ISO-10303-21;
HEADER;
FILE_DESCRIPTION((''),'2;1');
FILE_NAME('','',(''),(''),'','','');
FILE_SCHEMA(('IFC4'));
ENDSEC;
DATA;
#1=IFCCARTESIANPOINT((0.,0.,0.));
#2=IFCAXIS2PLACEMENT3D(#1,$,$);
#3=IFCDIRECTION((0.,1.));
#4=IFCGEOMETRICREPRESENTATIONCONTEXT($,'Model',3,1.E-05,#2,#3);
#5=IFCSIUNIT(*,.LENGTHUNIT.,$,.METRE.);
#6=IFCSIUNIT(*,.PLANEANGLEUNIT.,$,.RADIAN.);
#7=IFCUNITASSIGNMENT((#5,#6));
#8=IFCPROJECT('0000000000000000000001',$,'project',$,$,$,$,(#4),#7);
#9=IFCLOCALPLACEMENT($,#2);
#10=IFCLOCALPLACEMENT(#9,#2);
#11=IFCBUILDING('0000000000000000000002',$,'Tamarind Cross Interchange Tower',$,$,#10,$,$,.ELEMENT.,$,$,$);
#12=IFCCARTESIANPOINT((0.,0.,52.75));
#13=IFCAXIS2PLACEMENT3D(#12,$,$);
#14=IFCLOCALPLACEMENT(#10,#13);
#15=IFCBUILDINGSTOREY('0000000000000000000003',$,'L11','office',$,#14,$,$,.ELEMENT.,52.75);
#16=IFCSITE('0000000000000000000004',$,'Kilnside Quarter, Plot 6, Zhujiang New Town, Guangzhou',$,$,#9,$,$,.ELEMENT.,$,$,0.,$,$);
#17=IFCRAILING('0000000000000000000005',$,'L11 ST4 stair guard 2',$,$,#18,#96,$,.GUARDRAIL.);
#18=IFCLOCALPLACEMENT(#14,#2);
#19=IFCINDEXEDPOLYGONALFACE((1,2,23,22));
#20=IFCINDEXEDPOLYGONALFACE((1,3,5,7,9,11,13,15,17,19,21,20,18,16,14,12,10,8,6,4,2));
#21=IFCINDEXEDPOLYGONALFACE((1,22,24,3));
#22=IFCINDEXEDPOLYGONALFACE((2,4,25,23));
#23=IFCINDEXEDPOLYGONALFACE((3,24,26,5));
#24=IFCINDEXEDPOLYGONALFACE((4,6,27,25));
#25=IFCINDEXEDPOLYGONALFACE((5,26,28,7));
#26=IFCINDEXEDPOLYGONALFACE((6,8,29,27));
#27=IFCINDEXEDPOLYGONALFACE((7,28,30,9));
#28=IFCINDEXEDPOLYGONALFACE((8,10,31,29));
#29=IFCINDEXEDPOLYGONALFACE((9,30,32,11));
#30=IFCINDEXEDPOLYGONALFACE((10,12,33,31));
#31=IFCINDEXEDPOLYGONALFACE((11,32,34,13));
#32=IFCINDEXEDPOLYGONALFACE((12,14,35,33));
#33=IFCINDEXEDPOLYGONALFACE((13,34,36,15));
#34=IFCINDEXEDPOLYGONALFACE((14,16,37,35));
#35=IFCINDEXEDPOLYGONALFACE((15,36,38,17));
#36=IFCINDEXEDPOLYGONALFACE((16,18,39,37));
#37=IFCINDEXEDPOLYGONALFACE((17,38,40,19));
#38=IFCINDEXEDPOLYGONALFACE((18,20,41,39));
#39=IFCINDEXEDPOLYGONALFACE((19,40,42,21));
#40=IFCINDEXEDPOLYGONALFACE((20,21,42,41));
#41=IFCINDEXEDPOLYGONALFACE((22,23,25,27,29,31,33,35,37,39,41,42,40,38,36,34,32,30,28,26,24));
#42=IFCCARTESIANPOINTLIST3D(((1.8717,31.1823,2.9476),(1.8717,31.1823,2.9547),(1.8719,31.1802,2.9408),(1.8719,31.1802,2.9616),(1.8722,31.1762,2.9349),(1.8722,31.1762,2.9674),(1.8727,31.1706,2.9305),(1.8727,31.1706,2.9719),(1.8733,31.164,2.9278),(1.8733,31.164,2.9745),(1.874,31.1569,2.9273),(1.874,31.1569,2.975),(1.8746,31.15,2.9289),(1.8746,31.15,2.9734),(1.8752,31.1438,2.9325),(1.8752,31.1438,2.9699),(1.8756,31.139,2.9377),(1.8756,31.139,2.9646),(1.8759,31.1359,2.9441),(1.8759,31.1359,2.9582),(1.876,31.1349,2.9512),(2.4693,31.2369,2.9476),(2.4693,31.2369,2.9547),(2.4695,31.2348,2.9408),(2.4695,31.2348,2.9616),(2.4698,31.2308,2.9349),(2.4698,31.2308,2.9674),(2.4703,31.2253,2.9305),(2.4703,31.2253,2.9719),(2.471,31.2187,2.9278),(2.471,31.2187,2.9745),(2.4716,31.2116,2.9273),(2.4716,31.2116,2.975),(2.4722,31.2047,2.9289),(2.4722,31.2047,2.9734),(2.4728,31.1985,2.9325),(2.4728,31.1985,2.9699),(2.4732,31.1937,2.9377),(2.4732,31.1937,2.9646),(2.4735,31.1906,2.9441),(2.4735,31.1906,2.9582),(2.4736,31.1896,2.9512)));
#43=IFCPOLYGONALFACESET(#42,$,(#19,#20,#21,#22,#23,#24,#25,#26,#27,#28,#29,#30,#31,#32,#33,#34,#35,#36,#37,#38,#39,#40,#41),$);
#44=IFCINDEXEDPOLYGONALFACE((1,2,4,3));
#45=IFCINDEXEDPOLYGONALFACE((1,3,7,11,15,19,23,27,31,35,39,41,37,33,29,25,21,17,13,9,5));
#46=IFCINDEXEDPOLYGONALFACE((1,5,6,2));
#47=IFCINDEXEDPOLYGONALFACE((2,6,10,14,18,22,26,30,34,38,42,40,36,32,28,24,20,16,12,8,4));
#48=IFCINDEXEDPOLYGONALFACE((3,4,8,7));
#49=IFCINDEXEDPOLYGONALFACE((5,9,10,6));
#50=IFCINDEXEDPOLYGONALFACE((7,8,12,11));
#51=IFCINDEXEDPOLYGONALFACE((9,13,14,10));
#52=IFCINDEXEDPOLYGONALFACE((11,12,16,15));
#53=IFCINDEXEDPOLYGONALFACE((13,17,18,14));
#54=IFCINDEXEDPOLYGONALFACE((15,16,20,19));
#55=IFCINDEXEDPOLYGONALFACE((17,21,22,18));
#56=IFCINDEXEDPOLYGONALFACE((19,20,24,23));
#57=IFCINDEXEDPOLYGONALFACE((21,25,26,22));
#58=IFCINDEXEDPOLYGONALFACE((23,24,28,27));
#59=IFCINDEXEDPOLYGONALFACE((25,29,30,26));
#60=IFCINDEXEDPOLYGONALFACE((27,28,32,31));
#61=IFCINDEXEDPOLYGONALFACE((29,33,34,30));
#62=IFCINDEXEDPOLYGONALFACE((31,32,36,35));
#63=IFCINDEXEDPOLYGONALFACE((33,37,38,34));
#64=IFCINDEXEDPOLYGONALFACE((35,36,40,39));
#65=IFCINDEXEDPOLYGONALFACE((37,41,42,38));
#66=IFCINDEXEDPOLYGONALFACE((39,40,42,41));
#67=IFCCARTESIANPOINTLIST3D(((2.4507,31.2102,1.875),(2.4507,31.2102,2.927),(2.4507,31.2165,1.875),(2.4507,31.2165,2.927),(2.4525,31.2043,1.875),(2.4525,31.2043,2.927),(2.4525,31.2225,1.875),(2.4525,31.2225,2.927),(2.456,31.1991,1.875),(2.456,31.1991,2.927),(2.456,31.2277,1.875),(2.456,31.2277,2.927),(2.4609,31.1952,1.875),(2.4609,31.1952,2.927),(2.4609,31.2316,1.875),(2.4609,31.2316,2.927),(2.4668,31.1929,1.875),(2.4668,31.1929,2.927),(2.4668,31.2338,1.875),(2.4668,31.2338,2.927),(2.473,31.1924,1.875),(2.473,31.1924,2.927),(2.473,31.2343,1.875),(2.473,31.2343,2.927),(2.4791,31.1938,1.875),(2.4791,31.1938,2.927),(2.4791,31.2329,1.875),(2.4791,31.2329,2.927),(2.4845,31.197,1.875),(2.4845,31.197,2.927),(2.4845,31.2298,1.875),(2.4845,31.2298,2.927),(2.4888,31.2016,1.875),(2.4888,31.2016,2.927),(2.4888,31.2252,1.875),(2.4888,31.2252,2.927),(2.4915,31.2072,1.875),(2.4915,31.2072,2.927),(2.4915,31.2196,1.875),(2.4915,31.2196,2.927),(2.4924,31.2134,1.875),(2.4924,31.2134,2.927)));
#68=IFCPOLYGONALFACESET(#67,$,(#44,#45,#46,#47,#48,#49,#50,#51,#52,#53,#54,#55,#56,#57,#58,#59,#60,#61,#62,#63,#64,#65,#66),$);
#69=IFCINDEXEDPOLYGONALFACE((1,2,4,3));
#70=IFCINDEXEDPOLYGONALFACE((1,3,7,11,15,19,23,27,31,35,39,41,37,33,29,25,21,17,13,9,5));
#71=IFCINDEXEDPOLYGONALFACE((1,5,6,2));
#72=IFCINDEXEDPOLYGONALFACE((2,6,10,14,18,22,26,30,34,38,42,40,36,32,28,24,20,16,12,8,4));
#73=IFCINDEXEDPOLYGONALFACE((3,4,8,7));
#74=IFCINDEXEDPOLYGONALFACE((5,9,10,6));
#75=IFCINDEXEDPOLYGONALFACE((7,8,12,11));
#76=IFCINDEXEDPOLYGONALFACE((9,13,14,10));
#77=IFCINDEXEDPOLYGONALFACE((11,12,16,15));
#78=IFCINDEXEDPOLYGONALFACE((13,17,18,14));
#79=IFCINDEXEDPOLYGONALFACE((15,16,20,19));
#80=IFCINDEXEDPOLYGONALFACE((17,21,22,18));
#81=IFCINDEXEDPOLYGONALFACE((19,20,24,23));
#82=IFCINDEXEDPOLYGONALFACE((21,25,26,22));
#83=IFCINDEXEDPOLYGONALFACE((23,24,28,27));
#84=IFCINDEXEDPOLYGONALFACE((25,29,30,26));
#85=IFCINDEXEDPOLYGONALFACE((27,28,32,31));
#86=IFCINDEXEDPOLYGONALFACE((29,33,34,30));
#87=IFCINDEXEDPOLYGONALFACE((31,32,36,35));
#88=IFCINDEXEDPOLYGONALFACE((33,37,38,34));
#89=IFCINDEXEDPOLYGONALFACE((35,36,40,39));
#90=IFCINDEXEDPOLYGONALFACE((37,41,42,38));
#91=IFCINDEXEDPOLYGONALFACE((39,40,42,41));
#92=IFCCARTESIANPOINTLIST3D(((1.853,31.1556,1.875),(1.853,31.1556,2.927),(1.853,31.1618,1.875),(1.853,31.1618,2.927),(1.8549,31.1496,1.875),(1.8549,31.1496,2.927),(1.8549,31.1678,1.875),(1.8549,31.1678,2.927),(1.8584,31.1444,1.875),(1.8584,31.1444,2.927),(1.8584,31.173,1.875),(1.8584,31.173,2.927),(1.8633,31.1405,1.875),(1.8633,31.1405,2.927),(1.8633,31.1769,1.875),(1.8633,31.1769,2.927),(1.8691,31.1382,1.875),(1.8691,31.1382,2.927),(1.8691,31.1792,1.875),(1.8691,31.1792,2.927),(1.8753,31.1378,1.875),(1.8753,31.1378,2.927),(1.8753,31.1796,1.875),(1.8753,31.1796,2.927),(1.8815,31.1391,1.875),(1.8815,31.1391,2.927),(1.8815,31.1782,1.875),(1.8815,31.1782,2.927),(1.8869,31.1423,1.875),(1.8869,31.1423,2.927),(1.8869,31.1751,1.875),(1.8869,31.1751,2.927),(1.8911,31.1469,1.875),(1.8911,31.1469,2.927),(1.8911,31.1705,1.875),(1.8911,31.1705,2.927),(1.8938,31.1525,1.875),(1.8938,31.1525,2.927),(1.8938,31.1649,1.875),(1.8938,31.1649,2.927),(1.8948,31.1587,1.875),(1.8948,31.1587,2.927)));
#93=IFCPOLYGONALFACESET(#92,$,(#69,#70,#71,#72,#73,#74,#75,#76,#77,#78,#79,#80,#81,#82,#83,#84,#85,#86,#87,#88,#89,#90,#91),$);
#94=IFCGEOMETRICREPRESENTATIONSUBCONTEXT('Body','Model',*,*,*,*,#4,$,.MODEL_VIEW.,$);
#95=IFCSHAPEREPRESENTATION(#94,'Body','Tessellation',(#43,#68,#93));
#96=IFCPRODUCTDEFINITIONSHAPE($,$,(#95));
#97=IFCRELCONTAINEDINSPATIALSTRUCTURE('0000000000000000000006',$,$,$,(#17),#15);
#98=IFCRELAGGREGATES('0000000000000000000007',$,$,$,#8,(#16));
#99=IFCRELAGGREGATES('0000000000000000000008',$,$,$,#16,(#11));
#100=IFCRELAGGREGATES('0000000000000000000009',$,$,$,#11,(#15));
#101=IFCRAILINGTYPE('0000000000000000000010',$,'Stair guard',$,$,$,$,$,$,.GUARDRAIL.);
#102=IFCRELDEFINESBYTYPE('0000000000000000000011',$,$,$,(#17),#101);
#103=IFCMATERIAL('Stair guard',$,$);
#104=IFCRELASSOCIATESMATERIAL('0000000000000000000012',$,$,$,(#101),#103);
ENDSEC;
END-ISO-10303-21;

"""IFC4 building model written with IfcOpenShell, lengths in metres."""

from ifc_helpers import new_model, si_unit, direction, frame, origin, origin_2d, place, context, subcontext, project, spatial, circle, extrude, material, type_object, element, save


model = new_model("IFC4")

# Units and contexts
model_context = context("Model", 3, precision=1e-05, world=origin(), true_north=direction((0.0, 1.0)))
body_context = subcontext(model_context, "Body", "Model", "MODEL_VIEW")
ifc_project = project(units=[si_unit("LENGTHUNIT", "METRE"), si_unit("PLANEANGLEUNIT", "RADIAN")], contexts=[model_context])

# Site, building, storey
site_placement = place(None, origin())
site = spatial("IfcSite", under=ifc_project, at=site_placement, Name="Kilnside Quarter, Plot 6, Zhujiang New Town, Guangzhou", CompositionType="ELEMENT", RefElevation=0.0)
building_placement = place(site_placement, origin())
building = spatial("IfcBuilding", under=site, at=building_placement, Name="Tamarind Cross Interchange Tower", CompositionType="ELEMENT")
storey_placement = place(building_placement, frame((0.0, 0.0, 52.75)))
storey = spatial("IfcBuildingStorey", under=building, at=storey_placement, Name="L11", Description="office", CompositionType="ELEMENT", Elevation=52.75)

# Railing
ifc_material_1 = material(Name="Stair guard")
railing_type_1 = type_object("IfcRailingType", Name="Stair guard", PredefinedType="GUARDRAIL", material=ifc_material_1)
railing_1_placement = place(storey_placement, frame((2.4714, 31.2134, 1.875)))
element("IfcRailing", 1, at=railing_1_placement, inside=storey, type_object=railing_type_1, Name="L11 ST4 stair guard 2", PredefinedType="GUARDRAIL", context=body_context, shape_type="SweptSolid", body=[
    extrude(circle(Radius=0.0239, at=origin_2d()), frame((0.0, 0.0, 1.0762), z_axis=(-0.99584, -0.091123, 0.0), x_axis=(0.091123, -0.99584, 0.0)), (0.0, 0.0, 1.0), 0.6001),
    extrude(circle(Radius=0.021, at=origin_2d()), origin(), (0.0, 0.0, 1.0), 1.052),
    extrude(circle(Radius=0.021, at=origin_2d()), frame((-0.5977, -0.0547, 0.0)), (0.0, 0.0, 1.0), 1.052),
])

save(model, "model.ifc")
